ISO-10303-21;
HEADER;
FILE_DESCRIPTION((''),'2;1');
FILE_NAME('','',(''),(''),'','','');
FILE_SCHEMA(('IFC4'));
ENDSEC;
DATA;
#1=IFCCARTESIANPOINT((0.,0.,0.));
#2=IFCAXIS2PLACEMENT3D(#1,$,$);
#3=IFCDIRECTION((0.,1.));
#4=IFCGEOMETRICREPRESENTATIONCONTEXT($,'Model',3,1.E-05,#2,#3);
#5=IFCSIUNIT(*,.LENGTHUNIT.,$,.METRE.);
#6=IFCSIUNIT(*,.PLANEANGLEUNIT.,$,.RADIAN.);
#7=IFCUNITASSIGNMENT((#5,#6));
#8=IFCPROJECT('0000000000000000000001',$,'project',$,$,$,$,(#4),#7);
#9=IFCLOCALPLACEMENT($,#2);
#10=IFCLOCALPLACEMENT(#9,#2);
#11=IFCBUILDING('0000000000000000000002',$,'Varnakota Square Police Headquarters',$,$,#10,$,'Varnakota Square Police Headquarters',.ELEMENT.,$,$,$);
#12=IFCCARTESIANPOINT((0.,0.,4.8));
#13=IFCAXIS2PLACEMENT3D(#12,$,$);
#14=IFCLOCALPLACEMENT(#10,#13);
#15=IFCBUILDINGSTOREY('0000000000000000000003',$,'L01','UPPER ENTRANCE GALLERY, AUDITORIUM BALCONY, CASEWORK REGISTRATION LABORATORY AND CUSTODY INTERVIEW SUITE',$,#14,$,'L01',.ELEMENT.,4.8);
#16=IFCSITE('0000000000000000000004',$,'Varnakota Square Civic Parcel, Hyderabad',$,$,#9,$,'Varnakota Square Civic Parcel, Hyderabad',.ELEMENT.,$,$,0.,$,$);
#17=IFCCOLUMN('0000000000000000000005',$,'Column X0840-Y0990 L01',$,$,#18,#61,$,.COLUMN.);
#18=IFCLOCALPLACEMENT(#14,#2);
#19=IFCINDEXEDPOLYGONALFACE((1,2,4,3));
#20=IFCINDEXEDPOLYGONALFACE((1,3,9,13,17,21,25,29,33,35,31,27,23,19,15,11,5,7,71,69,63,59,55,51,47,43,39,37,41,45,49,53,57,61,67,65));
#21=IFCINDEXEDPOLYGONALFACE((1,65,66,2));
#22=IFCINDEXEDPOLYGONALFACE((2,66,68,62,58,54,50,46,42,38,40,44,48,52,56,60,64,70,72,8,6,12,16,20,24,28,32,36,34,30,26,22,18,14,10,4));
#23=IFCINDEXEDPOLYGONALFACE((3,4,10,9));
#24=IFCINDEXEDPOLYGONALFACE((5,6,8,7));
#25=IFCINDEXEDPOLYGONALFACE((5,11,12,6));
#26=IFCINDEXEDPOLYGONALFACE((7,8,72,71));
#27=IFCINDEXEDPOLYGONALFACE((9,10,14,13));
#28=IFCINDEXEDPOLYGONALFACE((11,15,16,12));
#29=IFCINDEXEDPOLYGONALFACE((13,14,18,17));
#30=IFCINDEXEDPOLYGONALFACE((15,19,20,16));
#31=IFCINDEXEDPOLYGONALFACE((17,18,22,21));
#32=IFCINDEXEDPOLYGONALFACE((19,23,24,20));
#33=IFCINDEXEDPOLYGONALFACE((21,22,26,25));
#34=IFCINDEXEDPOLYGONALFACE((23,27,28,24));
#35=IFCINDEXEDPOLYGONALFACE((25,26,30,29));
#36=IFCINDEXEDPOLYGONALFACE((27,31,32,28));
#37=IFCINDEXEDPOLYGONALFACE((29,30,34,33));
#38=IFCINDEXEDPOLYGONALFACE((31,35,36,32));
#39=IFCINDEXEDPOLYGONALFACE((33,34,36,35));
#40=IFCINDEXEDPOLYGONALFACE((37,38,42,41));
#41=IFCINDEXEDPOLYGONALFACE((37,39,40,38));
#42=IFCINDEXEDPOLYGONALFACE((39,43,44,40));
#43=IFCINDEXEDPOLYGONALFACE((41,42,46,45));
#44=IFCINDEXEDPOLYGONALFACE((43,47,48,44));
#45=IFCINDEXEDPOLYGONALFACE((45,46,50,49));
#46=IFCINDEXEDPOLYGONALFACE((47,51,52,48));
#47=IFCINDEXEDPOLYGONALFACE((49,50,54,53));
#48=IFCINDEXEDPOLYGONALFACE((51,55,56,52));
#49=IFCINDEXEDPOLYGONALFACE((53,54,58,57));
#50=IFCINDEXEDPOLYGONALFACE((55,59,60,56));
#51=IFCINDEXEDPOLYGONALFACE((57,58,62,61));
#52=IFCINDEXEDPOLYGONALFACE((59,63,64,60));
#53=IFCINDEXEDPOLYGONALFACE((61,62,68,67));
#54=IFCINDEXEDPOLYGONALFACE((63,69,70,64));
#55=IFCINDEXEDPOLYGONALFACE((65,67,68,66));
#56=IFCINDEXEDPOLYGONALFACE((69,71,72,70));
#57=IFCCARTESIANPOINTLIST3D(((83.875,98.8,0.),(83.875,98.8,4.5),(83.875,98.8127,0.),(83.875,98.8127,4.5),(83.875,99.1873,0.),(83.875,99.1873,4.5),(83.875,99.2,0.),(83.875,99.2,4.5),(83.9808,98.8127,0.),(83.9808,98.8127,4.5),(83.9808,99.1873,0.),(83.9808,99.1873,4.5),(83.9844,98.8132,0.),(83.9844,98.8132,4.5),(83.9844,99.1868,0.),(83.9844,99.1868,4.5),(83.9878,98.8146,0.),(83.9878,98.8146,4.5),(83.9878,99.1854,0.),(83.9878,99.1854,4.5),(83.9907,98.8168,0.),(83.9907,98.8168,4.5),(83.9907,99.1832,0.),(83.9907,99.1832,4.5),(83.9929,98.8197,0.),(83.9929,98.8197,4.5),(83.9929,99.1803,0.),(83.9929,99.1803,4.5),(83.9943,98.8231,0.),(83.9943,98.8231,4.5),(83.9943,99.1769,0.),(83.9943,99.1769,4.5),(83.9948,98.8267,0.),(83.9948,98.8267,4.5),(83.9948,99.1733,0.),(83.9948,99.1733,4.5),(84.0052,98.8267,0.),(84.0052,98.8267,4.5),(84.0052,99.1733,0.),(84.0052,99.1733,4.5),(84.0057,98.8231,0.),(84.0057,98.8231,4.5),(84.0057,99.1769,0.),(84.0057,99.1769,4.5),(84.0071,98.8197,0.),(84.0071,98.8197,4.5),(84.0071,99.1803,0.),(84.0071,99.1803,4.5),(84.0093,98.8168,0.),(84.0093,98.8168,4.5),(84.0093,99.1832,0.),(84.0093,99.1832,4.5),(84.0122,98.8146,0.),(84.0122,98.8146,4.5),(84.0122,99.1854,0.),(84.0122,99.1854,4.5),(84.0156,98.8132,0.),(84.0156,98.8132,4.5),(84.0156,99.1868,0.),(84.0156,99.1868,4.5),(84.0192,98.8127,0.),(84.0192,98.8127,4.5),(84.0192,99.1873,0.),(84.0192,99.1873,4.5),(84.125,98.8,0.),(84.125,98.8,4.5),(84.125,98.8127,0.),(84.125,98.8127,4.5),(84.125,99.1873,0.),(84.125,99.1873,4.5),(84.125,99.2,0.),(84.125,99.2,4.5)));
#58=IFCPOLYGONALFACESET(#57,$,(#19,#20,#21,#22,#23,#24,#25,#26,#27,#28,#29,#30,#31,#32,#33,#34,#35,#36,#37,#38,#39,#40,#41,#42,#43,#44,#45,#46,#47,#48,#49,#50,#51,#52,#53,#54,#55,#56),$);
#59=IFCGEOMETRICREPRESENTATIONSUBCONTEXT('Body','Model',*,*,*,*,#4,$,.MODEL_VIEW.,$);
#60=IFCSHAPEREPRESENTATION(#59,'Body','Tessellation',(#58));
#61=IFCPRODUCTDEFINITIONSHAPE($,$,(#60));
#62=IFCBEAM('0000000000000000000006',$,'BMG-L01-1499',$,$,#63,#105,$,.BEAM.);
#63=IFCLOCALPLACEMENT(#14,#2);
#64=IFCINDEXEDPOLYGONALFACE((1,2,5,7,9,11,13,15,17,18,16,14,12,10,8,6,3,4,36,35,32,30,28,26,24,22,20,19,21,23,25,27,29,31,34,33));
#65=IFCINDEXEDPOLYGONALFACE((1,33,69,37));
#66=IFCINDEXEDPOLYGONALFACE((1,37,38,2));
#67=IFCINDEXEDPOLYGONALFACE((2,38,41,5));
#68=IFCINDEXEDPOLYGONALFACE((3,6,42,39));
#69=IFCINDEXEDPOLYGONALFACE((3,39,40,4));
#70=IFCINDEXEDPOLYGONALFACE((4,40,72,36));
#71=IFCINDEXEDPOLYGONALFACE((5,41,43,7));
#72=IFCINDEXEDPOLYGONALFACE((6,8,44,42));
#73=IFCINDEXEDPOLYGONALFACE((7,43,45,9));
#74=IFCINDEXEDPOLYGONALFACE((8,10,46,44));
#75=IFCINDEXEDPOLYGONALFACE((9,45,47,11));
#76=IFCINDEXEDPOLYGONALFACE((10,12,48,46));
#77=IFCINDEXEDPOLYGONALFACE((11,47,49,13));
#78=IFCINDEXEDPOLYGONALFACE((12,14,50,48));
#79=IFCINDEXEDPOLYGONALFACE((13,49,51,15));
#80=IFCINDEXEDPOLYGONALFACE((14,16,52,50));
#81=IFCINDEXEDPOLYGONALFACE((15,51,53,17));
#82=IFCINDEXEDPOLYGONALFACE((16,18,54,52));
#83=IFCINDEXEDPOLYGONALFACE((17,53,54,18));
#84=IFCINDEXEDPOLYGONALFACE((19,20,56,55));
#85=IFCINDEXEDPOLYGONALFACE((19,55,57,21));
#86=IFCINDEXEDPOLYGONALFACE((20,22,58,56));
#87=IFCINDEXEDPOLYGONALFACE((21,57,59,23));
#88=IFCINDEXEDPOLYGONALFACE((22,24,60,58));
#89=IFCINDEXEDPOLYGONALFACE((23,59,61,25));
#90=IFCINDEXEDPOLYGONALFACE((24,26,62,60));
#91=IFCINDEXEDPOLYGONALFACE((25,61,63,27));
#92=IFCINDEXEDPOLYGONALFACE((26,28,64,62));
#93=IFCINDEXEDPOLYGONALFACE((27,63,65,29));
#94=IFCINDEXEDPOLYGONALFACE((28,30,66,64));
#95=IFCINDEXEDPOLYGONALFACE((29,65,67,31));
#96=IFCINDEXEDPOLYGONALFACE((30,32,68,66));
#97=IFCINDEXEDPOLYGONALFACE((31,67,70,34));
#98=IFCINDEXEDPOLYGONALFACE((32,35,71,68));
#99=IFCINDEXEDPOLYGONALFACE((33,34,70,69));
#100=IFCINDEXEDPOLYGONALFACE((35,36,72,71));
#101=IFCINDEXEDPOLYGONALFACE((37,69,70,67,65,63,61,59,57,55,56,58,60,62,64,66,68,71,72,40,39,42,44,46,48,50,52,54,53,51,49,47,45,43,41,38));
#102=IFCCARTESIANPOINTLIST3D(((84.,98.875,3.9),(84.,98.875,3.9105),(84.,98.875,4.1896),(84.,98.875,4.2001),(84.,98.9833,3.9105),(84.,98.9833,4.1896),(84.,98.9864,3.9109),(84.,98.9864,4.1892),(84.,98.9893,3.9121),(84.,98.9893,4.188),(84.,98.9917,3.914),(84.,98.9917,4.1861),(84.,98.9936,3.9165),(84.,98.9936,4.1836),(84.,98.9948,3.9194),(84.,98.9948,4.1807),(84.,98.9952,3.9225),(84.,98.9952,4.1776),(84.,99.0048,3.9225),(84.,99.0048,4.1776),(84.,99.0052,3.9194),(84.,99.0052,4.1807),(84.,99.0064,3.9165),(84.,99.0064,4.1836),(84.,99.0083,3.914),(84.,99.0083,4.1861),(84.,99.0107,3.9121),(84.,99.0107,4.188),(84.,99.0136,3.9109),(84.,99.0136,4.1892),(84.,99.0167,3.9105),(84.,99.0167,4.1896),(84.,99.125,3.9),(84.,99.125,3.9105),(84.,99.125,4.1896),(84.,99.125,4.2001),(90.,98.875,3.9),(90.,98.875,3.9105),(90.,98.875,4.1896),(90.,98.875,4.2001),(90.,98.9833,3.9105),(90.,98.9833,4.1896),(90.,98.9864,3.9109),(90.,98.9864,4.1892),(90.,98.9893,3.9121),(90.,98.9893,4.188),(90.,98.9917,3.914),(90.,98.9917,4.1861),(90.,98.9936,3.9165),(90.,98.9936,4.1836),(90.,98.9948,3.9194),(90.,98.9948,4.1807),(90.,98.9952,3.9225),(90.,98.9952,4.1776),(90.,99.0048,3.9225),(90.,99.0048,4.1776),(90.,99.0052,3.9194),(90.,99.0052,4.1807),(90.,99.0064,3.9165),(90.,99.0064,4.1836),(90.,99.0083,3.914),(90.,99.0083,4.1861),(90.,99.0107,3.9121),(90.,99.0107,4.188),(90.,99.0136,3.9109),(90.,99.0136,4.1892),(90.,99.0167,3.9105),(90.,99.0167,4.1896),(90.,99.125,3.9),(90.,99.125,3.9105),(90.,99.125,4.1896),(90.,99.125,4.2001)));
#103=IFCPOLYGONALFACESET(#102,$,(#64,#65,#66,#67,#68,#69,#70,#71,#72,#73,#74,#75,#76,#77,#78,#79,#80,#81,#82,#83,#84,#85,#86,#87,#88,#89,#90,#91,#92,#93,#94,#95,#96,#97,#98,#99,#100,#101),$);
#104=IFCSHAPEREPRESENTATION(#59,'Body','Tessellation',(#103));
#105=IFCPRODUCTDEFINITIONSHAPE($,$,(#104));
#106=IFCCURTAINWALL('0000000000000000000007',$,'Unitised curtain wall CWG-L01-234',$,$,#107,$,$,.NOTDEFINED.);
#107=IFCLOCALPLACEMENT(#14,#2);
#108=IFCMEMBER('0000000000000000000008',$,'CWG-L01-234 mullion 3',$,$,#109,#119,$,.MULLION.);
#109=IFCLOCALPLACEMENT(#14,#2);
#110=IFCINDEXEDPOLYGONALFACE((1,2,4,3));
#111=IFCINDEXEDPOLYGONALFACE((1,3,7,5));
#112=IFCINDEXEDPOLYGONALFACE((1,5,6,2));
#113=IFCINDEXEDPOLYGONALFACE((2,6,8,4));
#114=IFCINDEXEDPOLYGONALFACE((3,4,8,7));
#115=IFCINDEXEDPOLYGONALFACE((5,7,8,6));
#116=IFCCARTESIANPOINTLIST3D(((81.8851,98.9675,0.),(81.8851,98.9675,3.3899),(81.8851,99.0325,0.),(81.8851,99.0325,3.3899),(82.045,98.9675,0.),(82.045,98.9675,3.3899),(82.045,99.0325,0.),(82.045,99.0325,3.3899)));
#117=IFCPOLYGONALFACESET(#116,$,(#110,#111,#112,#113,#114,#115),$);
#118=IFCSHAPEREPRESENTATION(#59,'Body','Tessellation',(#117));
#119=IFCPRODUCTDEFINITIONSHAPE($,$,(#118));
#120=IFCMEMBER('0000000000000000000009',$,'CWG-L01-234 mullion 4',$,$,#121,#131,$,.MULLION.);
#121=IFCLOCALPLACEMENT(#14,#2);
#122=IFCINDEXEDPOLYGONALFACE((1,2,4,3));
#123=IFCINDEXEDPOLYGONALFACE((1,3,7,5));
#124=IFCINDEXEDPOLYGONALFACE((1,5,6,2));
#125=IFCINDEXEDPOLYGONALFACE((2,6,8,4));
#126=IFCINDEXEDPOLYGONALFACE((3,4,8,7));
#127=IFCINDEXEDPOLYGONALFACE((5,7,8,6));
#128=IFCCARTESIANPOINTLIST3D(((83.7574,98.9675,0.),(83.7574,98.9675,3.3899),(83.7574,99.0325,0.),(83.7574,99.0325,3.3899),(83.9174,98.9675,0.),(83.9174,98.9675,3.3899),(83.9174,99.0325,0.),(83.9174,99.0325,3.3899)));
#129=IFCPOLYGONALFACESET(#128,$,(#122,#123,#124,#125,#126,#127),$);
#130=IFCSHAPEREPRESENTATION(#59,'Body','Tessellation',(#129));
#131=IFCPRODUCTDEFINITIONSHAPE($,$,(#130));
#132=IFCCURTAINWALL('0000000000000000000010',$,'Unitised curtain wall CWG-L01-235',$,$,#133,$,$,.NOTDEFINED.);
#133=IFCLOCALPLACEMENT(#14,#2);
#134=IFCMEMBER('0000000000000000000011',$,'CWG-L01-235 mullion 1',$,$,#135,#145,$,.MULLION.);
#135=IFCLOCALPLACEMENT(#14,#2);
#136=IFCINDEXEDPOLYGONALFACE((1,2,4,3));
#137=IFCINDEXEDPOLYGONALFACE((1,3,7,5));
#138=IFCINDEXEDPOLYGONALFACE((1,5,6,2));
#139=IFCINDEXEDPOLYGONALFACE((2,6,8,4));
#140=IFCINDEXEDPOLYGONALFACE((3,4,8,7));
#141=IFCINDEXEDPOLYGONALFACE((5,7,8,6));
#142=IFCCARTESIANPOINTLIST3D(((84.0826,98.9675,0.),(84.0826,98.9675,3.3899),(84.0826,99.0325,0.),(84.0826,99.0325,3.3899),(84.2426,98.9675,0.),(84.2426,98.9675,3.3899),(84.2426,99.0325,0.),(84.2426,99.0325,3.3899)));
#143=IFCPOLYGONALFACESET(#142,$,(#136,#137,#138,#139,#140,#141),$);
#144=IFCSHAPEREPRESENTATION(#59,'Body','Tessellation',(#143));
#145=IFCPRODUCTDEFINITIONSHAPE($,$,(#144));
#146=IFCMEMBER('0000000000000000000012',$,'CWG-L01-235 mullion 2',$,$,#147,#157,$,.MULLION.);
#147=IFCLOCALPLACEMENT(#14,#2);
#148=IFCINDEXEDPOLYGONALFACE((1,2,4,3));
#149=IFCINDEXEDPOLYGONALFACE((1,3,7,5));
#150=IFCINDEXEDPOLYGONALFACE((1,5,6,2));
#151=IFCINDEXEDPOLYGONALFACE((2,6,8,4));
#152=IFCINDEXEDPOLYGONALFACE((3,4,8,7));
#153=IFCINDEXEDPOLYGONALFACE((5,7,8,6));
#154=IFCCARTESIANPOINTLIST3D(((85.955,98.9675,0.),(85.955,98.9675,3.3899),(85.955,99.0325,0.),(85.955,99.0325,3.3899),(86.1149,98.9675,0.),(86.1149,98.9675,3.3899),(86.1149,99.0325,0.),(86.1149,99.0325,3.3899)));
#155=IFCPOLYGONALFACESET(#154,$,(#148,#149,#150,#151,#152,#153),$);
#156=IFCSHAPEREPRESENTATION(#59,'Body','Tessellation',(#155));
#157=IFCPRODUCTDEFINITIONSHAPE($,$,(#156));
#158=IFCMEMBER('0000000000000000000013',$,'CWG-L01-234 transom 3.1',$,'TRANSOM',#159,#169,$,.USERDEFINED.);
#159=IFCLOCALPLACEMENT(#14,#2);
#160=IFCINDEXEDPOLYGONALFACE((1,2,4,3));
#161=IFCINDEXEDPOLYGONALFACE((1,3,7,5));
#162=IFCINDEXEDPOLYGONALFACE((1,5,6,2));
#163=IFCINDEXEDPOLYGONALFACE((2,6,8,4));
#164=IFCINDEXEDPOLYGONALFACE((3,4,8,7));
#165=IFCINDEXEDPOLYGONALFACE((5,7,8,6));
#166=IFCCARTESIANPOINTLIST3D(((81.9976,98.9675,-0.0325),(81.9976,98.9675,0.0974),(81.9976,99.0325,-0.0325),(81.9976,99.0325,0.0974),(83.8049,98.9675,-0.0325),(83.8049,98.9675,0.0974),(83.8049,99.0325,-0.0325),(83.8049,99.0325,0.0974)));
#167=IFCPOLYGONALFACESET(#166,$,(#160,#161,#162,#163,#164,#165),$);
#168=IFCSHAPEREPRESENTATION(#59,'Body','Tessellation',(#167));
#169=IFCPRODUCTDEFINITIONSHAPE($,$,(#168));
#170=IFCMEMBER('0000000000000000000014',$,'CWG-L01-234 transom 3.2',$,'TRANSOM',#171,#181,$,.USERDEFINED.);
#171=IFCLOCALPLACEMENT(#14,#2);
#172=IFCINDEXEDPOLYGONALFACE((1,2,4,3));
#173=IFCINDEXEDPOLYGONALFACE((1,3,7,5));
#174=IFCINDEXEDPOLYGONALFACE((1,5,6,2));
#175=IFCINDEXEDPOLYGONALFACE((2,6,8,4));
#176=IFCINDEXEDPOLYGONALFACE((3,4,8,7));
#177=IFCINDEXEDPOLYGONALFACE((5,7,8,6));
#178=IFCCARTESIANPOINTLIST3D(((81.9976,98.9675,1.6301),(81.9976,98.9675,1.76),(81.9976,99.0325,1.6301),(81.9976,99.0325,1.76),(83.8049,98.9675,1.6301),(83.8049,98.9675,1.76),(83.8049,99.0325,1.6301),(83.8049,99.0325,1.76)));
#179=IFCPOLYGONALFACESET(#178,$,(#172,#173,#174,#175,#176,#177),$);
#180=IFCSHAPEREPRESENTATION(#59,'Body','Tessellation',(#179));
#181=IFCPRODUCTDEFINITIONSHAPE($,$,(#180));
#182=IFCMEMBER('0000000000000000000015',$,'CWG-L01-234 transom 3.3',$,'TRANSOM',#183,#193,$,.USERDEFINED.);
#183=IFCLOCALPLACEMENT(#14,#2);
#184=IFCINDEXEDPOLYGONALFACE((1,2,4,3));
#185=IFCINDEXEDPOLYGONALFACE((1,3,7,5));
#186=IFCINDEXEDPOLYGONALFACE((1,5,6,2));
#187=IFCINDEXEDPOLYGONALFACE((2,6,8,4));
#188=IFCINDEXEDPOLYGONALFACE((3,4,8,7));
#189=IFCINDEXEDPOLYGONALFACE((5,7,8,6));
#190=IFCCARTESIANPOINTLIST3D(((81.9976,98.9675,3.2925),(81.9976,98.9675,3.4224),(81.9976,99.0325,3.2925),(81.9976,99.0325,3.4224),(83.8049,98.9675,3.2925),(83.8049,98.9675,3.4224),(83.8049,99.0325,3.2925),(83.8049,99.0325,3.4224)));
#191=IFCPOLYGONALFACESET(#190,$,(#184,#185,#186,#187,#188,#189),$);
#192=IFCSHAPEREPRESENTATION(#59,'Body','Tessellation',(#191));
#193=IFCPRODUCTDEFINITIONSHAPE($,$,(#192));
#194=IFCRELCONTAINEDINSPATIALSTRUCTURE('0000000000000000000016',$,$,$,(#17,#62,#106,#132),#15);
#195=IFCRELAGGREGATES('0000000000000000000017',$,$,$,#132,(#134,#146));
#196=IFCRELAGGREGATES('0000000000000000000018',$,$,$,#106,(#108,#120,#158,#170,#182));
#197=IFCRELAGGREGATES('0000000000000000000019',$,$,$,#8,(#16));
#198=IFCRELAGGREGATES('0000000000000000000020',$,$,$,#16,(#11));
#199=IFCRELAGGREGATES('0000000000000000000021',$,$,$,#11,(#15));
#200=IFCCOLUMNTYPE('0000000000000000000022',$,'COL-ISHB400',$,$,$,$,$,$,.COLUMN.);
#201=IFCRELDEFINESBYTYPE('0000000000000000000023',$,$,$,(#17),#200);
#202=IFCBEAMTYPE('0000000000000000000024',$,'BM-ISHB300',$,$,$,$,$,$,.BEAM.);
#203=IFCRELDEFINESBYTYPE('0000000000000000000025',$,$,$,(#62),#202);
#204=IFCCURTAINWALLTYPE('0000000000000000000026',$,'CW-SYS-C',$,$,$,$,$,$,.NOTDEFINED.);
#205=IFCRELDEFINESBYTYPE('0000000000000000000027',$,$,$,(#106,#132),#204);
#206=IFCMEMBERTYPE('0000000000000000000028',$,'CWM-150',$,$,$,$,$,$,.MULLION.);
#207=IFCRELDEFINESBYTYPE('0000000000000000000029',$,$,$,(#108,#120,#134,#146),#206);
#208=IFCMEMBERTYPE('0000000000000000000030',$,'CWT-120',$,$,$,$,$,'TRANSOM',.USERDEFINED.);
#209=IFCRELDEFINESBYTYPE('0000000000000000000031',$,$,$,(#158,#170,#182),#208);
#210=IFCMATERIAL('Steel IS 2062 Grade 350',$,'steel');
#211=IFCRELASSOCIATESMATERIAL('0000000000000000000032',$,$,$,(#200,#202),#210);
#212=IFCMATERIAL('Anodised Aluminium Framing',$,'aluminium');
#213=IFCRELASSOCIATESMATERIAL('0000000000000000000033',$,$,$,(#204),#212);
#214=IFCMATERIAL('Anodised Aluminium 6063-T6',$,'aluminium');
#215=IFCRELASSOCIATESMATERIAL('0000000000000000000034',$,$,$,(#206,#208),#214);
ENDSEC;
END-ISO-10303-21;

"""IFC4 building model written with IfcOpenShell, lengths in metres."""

from ifc_helpers import new_model, si_unit, direction, frame, origin, origin_2d, place, context, subcontext, project, spatial, rectangle, i_section, extrude, material, material_profile, profile_set, type_object, element, aggregate, save


model = new_model("IFC4")

# Units and contexts
model_context = context("Model", 3, precision=1e-05, world=origin(), true_north=direction((0.0, 1.0)))
body_context = subcontext(model_context, "Body", "Model", "MODEL_VIEW")
ifc_project = project(units=[si_unit("LENGTHUNIT", "METRE"), si_unit("PLANEANGLEUNIT", "RADIAN")], contexts=[model_context])

# Site, building, storey
site_placement = place(None, origin())
site = spatial("IfcSite", under=ifc_project, at=site_placement, Name="Varnakota Square Civic Parcel, Hyderabad", LongName="Varnakota Square Civic Parcel, Hyderabad", CompositionType="ELEMENT", RefElevation=0.0)
building_placement = place(site_placement, origin())
building = spatial("IfcBuilding", under=site, at=building_placement, Name="Varnakota Square Police Headquarters", LongName="Varnakota Square Police Headquarters", CompositionType="ELEMENT")
storey_placement = place(building_placement, frame((0.0, 0.0, 4.8)))
storey = spatial("IfcBuildingStorey", under=building, at=storey_placement, Name="L01", Description="UPPER ENTRANCE GALLERY, AUDITORIUM BALCONY, CASEWORK REGISTRATION LABORATORY AND CUSTODY INTERVIEW SUITE", LongName="L01", CompositionType="ELEMENT", Elevation=4.8)

# Column
ifc_material_1 = material(Name="Steel IS 2062 Grade 350", Category="steel")
ifc_material_profile_1 = material_profile(ifc_material_1, i_section(OverallWidth=0.25, OverallDepth=0.3999, WebThickness=0.0105, FlangeThickness=0.0127, FilletRadius=0.0139, at=origin_2d()), Name="ISHB 400")
ifc_profile_set_1 = profile_set([ifc_material_profile_1], Name="Steel IS 2062 Grade 350")
column_type = type_object("IfcColumnType", Name="COL-ISHB400", PredefinedType="COLUMN", material=ifc_profile_set_1)
column_placement = place(storey_placement, frame((84.0, 99.0, 0.0), z_axis=(0.0, 0.0, 1.0), x_axis=(1.0, 0.0, 0.0)))
element("IfcColumn", 1, at=column_placement, inside=storey, type_object=column_type, Name="Column X0840-Y0990 L01", PredefinedType="COLUMN", context=body_context, shape_type="SweptSolid", body=[
    extrude(i_section(OverallWidth=0.25, OverallDepth=0.3999, WebThickness=0.0105, FlangeThickness=0.0127, FilletRadius=0.0139, at=origin_2d()), origin(), (0.0, 0.0, 1.0), 4.5),
])

# Beam
ifc_material_profile_2 = material_profile(ifc_material_1, i_section(OverallWidth=0.25, OverallDepth=0.3, WebThickness=0.0095, FlangeThickness=0.0105, FilletRadius=0.012, at=origin_2d()), Name="ISHB 300")
ifc_profile_set_2 = profile_set([ifc_material_profile_2], Name="Steel IS 2062 Grade 350")
beam_type = type_object("IfcBeamType", Name="BM-ISHB300", PredefinedType="BEAM", material=ifc_profile_set_2)
beam_placement = place(storey_placement, frame((84.0, 99.0, 4.05), z_axis=(1.0, 0.0, 0.0), x_axis=(0.0, 1.0, 0.0)))
element("IfcBeam", 2, at=beam_placement, inside=storey, type_object=beam_type, Name="BMG-L01-1499", PredefinedType="BEAM", context=body_context, shape_type="SweptSolid", body=[
    extrude(i_section(OverallWidth=0.25, OverallDepth=0.3, WebThickness=0.0095, FlangeThickness=0.0105, FilletRadius=0.012, at=origin_2d()), origin(), (0.0, 0.0, 1.0), 6.0),
])

# Curtain walls, members
ifc_material_2 = material(Name="Anodised Aluminium Framing", Category="aluminium")
curtain_wall_type = type_object("IfcCurtainWallType", Name="CW-SYS-C", PredefinedType="NOTDEFINED", material=ifc_material_2)
curtain_wall_1_placement = place(storey_placement, origin())
curtain_wall_1 = element("IfcCurtainWall", 3, at=curtain_wall_1_placement, inside=storey, type_object=curtain_wall_type, Name="Unitised curtain wall CWG-L01-234", PredefinedType="NOTDEFINED")
ifc_material_3 = material(Name="Anodised Aluminium 6063-T6", Category="aluminium")
ifc_material_profile_3 = material_profile(ifc_material_3, rectangle(XDim=0.0649, YDim=0.1599, at=origin_2d()), Name="ALU MULLION 65x160")
ifc_profile_set_3 = profile_set([ifc_material_profile_3], Name="Anodised Aluminium 6063-T6")
member_type_1 = type_object("IfcMemberType", Name="CWM-150", PredefinedType="MULLION", material=ifc_profile_set_3)
member_1_placement = place(storey_placement, frame((81.9651, 99.0, 0.0), z_axis=(0.0, 0.0, 1.0), x_axis=(0.0, 1.0, 0.0)))
member_1 = element("IfcMember", 4, at=member_1_placement, type_object=member_type_1, Name="CWG-L01-234 mullion 3", PredefinedType="MULLION", context=body_context, shape_type="SweptSolid", body=[
    extrude(rectangle(XDim=0.0649, YDim=0.1599, at=origin_2d()), origin(), (0.0, 0.0, 1.0), 3.3899),
])
member_2_placement = place(storey_placement, frame((83.8374, 99.0, 0.0), z_axis=(0.0, 0.0, 1.0), x_axis=(0.0, 1.0, 0.0)))
member_2 = element("IfcMember", 5, at=member_2_placement, type_object=member_type_1, Name="CWG-L01-234 mullion 4", PredefinedType="MULLION", context=body_context, shape_type="SweptSolid", body=[
    extrude(rectangle(XDim=0.0649, YDim=0.1599, at=origin_2d()), origin(), (0.0, 0.0, 1.0), 3.3899),
])
curtain_wall_2_placement = place(storey_placement, origin())
curtain_wall_2 = element("IfcCurtainWall", 6, at=curtain_wall_2_placement, inside=storey, type_object=curtain_wall_type, Name="Unitised curtain wall CWG-L01-235", PredefinedType="NOTDEFINED")
member_3_placement = place(storey_placement, frame((84.1626, 99.0, 0.0), z_axis=(0.0, 0.0, 1.0), x_axis=(0.0, 1.0, 0.0)))
member_3 = element("IfcMember", 7, at=member_3_placement, type_object=member_type_1, Name="CWG-L01-235 mullion 1", PredefinedType="MULLION", context=body_context, shape_type="SweptSolid", body=[
    extrude(rectangle(XDim=0.0649, YDim=0.1599, at=origin_2d()), origin(), (0.0, 0.0, 1.0), 3.3899),
])
member_4_placement = place(storey_placement, frame((86.0349, 99.0, 0.0), z_axis=(0.0, 0.0, 1.0), x_axis=(0.0, 1.0, 0.0)))
member_4 = element("IfcMember", 8, at=member_4_placement, type_object=member_type_1, Name="CWG-L01-235 mullion 2", PredefinedType="MULLION", context=body_context, shape_type="SweptSolid", body=[
    extrude(rectangle(XDim=0.0649, YDim=0.1599, at=origin_2d()), origin(), (0.0, 0.0, 1.0), 3.3899),
])

# Members
ifc_material_profile_4 = material_profile(ifc_material_3, rectangle(XDim=0.0649, YDim=0.1299, at=origin_2d()), Name="ALU TRANSOM 65x130")
ifc_profile_set_4 = profile_set([ifc_material_profile_4], Name="Anodised Aluminium 6063-T6")
member_type_2 = type_object("IfcMemberType", Name="CWT-120", ElementType="TRANSOM", PredefinedType="USERDEFINED", material=ifc_profile_set_4)
member_5_placement = place(storey_placement, frame((81.9976, 99.0, 0.0325), z_axis=(1.0, 0.0, 0.0), x_axis=(0.0, 1.0, 0.0)))
member_5 = element("IfcMember", 9, at=member_5_placement, type_object=member_type_2, Name="CWG-L01-234 transom 3.1", ObjectType="TRANSOM", PredefinedType="USERDEFINED", context=body_context, shape_type="SweptSolid", body=[
    extrude(rectangle(XDim=0.0649, YDim=0.1299, at=origin_2d()), origin(), (0.0, 0.0, 1.0), 1.8074),
])
member_6_placement = place(storey_placement, frame((81.9976, 99.0, 1.6951), z_axis=(1.0, 0.0, 0.0), x_axis=(0.0, 1.0, 0.0)))
member_6 = element("IfcMember", 10, at=member_6_placement, type_object=member_type_2, Name="CWG-L01-234 transom 3.2", ObjectType="TRANSOM", PredefinedType="USERDEFINED", context=body_context, shape_type="SweptSolid", body=[
    extrude(rectangle(XDim=0.0649, YDim=0.1299, at=origin_2d()), origin(), (0.0, 0.0, 1.0), 1.8074),
])
member_7_placement = place(storey_placement, frame((81.9976, 99.0, 3.3574), z_axis=(1.0, 0.0, 0.0), x_axis=(0.0, 1.0, 0.0)))
member_7 = element("IfcMember", 11, at=member_7_placement, type_object=member_type_2, Name="CWG-L01-234 transom 3.3", ObjectType="TRANSOM", PredefinedType="USERDEFINED", context=body_context, shape_type="SweptSolid", body=[
    extrude(rectangle(XDim=0.0649, YDim=0.1299, at=origin_2d()), origin(), (0.0, 0.0, 1.0), 1.8074),
])

aggregate(curtain_wall_2, [member_3, member_4])
aggregate(curtain_wall_1, [member_1, member_2, member_5, member_6, member_7])

save(model, "model.ifc")
